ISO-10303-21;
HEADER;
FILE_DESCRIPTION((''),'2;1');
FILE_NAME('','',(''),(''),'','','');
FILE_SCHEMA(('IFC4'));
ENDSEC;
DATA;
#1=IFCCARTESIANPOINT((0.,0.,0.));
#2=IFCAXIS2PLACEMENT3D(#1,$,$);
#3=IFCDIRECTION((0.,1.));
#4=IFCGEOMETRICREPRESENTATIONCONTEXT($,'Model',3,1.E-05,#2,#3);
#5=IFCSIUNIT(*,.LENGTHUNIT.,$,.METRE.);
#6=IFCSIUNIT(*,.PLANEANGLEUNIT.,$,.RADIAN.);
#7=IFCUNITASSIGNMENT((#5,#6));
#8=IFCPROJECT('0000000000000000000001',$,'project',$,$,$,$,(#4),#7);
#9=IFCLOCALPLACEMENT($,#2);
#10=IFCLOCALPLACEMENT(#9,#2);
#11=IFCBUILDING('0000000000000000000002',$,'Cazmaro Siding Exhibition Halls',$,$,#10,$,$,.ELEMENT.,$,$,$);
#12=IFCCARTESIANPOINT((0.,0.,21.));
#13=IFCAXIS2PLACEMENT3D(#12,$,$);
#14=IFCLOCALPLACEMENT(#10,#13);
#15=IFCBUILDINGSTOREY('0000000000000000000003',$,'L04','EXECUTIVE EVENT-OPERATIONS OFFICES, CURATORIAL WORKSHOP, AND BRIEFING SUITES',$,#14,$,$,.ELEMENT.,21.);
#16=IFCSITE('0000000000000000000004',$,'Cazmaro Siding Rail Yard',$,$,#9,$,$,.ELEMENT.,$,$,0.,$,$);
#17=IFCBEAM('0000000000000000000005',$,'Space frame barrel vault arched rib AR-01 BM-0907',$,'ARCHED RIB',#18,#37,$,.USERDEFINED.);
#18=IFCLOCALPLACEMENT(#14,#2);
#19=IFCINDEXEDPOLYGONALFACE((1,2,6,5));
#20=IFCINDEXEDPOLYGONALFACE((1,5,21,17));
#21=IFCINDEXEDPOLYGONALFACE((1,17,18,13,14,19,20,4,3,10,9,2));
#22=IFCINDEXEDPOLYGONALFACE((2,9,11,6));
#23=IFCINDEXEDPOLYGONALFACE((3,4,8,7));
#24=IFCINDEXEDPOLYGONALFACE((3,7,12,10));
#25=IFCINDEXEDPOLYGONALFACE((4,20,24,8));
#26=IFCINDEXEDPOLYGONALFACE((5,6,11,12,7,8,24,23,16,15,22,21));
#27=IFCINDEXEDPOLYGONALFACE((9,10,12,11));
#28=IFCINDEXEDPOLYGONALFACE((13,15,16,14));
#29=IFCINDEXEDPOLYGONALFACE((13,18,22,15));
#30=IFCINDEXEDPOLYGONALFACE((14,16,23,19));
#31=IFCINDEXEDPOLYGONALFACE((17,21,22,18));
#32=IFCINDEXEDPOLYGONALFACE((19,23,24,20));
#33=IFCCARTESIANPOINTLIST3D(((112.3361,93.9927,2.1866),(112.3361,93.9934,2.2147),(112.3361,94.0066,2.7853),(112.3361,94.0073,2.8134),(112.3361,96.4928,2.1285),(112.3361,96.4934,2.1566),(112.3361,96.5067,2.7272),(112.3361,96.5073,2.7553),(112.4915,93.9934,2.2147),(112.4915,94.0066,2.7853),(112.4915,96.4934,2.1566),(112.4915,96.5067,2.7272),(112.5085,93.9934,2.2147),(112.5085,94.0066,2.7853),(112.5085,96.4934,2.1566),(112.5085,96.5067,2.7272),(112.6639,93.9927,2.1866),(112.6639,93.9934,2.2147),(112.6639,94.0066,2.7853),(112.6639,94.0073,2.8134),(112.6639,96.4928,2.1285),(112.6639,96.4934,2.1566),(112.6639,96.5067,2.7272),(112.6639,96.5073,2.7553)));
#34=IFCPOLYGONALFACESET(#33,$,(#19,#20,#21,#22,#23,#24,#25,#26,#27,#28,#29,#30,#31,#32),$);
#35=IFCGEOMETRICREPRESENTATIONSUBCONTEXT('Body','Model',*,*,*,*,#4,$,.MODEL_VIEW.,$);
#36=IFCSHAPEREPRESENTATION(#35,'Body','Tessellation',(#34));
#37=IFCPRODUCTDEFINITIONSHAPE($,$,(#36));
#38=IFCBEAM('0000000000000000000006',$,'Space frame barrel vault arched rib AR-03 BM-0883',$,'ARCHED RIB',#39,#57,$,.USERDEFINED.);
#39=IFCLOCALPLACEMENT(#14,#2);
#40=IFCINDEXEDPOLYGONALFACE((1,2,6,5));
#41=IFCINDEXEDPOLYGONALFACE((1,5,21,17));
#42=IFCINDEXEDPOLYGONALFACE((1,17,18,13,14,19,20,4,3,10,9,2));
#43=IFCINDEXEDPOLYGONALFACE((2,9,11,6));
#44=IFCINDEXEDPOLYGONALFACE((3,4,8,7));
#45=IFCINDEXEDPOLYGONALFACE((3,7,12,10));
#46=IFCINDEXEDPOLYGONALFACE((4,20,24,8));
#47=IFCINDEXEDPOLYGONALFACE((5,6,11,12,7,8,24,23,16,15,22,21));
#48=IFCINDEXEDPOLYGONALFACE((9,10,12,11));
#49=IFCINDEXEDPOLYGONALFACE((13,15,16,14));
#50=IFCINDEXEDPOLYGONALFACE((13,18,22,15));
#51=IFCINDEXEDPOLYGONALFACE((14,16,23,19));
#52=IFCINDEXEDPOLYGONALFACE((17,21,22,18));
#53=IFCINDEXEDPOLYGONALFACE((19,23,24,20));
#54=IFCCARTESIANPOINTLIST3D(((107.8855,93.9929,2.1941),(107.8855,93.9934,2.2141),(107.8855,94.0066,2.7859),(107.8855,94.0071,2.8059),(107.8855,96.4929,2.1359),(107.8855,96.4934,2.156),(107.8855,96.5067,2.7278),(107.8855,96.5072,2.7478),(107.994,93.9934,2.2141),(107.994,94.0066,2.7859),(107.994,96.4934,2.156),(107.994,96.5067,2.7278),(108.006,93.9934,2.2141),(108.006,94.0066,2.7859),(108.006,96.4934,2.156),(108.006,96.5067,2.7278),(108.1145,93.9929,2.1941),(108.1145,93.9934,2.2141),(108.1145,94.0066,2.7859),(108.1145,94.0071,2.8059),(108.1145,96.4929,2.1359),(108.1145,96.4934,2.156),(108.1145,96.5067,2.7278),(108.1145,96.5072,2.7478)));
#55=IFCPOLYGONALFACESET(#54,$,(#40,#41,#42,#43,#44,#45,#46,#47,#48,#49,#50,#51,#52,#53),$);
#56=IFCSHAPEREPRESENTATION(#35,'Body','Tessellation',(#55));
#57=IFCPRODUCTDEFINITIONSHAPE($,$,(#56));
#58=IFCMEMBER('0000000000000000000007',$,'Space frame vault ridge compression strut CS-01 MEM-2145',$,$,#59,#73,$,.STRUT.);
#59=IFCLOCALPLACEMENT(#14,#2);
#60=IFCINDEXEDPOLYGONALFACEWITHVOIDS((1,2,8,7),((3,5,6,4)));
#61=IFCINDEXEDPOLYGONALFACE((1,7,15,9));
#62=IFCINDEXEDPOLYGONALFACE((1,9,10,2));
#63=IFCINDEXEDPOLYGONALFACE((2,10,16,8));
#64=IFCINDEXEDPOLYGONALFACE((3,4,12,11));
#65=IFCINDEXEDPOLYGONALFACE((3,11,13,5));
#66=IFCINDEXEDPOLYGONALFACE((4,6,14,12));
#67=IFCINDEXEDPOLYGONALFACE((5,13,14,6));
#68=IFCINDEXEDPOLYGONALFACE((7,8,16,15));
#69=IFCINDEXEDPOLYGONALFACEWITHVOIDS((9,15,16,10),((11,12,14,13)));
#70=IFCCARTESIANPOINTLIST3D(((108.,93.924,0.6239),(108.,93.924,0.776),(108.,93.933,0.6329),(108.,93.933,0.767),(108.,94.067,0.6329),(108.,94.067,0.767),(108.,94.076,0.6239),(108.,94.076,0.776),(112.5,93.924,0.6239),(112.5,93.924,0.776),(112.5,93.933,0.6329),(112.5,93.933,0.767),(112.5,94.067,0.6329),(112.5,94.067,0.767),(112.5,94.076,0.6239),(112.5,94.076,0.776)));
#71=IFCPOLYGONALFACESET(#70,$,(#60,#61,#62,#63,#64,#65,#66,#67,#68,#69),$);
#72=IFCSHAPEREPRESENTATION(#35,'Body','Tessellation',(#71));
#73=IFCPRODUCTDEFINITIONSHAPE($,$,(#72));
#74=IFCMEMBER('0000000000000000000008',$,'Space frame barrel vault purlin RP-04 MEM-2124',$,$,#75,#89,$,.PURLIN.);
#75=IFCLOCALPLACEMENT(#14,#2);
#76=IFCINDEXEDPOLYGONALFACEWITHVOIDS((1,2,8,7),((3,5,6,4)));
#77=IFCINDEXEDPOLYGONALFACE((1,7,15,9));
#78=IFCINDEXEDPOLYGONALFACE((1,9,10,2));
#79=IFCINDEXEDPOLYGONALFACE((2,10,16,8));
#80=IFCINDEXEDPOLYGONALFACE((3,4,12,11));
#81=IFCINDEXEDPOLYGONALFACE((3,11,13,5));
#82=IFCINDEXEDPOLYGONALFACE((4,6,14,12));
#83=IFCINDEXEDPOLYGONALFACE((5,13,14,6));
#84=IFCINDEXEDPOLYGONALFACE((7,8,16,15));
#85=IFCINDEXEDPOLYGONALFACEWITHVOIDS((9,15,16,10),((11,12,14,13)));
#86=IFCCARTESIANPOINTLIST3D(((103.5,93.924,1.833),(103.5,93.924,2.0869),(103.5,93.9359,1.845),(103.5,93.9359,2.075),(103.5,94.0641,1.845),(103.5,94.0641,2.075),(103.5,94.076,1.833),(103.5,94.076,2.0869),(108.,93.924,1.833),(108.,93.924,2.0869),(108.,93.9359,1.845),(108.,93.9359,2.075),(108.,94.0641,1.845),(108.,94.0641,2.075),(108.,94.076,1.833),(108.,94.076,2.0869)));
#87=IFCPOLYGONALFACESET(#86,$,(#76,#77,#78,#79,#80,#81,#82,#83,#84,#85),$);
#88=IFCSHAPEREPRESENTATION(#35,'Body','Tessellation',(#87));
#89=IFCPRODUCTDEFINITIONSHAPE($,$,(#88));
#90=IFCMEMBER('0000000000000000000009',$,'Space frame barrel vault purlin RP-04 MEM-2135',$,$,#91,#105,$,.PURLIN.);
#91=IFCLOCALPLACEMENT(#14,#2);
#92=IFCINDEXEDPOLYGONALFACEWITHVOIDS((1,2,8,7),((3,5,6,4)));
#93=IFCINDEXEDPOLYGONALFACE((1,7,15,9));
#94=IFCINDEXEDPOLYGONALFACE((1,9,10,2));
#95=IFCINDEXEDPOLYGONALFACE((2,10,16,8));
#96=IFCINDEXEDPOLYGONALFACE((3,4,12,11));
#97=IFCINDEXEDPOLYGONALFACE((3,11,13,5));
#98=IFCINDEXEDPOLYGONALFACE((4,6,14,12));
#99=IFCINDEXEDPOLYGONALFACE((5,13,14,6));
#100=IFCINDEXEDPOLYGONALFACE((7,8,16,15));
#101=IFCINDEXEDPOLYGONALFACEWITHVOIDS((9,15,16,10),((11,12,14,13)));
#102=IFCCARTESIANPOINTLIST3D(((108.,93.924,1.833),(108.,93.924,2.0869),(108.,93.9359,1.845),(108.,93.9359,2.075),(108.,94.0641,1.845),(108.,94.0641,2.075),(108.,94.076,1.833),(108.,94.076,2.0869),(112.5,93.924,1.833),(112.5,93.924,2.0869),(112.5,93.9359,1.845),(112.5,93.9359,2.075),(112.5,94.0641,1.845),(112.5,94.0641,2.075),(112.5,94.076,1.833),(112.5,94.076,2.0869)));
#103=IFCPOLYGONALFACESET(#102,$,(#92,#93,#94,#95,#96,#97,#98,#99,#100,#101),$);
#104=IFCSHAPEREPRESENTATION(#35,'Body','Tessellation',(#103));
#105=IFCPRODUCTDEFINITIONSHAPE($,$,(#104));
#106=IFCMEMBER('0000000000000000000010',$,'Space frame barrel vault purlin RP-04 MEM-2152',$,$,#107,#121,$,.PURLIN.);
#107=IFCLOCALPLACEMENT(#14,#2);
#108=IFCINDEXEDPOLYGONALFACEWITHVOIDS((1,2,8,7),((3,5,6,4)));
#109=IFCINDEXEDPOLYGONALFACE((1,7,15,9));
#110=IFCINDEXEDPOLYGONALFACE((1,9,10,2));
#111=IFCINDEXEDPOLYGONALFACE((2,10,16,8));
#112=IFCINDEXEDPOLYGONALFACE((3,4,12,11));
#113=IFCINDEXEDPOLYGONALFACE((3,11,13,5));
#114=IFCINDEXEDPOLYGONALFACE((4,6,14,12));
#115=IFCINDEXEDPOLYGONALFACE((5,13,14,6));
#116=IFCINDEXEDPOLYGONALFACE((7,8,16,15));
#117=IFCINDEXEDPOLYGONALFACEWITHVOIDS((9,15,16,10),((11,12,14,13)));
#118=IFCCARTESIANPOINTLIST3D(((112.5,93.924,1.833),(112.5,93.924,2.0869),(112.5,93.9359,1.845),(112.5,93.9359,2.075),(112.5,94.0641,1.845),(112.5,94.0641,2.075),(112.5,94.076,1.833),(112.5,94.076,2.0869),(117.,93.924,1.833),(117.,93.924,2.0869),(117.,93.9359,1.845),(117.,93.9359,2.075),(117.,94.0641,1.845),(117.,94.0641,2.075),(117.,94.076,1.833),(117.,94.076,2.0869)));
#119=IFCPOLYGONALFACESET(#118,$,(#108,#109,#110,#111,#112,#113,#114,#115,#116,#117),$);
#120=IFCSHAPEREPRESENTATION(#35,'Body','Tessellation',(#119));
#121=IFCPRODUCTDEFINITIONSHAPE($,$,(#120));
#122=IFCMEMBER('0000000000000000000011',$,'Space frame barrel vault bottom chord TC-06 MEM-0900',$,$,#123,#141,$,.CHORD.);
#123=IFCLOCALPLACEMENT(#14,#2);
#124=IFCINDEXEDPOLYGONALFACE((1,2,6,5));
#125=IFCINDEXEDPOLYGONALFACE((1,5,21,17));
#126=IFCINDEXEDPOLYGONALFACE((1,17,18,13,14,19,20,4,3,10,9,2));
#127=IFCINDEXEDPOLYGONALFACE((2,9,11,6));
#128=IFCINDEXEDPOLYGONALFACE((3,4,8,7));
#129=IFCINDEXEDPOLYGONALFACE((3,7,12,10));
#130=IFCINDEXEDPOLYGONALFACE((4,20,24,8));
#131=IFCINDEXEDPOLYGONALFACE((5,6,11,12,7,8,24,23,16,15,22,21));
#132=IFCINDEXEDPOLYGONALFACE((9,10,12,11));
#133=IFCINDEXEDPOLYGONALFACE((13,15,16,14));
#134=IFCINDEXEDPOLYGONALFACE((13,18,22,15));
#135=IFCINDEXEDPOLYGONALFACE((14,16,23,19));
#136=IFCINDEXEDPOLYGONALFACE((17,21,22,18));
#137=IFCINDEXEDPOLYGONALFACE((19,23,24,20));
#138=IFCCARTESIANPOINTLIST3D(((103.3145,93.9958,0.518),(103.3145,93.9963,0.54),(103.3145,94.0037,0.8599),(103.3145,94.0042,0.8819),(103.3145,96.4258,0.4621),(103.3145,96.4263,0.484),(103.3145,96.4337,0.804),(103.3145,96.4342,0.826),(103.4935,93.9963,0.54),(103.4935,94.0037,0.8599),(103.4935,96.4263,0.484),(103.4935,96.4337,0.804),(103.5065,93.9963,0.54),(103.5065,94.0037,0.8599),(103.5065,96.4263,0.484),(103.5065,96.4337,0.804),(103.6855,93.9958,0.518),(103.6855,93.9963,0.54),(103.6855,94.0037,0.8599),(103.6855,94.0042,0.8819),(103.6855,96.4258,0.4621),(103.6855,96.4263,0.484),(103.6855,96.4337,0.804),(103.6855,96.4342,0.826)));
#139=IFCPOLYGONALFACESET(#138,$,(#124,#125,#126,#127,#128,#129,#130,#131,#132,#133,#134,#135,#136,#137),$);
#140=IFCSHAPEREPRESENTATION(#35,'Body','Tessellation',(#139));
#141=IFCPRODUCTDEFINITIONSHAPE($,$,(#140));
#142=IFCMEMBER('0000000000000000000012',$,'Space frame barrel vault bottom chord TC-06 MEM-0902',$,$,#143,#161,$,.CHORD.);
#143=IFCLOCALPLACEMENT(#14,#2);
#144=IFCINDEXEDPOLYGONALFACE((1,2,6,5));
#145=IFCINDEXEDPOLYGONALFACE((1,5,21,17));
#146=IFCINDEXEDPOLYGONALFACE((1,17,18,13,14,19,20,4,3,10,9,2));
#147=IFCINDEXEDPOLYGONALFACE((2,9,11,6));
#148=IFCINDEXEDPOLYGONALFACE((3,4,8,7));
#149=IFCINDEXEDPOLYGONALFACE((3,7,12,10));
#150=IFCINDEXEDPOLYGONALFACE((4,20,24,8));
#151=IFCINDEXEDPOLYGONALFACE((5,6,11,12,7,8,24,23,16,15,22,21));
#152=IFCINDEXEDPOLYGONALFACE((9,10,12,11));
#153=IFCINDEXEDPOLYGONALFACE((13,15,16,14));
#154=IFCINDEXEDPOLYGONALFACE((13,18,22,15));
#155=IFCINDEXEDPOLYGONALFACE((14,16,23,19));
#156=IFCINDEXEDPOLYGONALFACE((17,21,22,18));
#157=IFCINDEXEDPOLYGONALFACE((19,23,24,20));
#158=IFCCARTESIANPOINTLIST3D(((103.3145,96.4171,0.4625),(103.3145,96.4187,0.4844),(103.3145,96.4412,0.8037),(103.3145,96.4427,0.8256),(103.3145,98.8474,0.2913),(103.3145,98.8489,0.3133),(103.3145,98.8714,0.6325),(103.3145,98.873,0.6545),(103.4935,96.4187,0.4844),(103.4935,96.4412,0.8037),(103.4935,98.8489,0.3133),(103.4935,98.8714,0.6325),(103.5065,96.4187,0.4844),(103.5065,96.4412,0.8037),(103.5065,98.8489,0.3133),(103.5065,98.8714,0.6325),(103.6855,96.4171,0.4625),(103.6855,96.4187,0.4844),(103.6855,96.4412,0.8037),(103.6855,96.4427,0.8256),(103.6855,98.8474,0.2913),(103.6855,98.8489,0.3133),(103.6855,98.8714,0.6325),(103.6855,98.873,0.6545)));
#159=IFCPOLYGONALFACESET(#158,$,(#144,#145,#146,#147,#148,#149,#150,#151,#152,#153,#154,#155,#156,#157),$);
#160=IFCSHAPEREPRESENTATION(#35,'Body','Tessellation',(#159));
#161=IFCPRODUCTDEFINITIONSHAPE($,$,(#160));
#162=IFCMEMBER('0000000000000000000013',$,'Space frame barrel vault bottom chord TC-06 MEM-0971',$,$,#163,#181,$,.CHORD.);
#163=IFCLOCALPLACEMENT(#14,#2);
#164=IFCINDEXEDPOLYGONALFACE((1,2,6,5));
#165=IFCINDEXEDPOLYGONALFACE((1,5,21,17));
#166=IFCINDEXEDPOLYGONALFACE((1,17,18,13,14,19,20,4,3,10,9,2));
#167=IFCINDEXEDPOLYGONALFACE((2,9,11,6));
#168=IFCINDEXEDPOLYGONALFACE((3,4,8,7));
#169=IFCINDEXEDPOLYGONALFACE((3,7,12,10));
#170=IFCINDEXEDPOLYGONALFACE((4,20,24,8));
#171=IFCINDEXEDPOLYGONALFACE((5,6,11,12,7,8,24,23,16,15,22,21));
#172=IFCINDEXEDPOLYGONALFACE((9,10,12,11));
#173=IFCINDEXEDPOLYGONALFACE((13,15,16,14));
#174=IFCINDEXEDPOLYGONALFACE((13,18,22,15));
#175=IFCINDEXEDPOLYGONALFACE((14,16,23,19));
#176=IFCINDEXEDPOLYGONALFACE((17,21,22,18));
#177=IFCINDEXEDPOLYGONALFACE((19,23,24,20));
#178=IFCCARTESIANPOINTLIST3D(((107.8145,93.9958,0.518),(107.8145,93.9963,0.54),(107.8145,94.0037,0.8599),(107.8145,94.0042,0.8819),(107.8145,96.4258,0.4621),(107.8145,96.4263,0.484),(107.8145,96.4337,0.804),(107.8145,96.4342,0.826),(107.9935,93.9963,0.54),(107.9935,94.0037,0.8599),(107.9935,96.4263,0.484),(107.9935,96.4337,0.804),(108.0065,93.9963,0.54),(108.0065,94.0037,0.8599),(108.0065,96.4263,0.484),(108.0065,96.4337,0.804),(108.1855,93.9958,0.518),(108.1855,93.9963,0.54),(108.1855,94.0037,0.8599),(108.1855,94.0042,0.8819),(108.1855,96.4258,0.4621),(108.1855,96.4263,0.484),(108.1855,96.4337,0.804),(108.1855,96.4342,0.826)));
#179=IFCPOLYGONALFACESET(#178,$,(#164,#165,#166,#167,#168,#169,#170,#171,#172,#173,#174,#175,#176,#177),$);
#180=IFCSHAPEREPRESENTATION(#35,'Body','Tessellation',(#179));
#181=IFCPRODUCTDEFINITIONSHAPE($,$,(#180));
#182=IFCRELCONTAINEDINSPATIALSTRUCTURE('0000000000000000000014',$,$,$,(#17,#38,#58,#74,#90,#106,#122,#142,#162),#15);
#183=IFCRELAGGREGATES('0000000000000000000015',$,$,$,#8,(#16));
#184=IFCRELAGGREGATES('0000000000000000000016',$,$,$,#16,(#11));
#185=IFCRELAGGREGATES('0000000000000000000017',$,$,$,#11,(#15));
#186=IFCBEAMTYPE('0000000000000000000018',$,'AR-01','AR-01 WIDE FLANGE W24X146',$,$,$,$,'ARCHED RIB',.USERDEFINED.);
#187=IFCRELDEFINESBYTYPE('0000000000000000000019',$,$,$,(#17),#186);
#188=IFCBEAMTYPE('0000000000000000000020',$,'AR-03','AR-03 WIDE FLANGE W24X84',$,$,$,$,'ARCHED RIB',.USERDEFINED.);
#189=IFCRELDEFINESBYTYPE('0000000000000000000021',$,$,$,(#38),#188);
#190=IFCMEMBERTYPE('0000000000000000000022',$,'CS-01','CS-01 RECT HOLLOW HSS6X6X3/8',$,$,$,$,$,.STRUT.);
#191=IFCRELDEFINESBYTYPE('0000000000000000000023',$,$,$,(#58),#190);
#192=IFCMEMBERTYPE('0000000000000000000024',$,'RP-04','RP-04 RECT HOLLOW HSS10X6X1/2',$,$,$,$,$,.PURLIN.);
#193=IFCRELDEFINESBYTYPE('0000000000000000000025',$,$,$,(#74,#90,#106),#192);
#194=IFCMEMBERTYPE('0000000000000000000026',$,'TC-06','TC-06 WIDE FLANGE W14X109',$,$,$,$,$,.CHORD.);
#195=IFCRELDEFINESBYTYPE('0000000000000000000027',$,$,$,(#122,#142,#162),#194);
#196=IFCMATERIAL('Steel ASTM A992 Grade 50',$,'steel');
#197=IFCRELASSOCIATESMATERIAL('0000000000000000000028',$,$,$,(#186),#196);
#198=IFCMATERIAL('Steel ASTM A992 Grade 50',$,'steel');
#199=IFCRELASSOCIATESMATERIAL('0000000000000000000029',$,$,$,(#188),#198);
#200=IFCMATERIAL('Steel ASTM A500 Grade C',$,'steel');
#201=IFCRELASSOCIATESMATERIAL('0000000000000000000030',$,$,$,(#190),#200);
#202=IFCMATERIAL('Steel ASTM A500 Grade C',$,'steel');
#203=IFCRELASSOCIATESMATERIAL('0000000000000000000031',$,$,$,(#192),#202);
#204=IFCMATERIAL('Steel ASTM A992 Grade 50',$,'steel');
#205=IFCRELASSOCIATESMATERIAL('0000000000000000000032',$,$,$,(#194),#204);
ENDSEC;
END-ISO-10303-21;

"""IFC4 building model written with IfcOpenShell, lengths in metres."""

from ifc_helpers import new_model, si_unit, direction, frame, origin, origin_2d, place, context, subcontext, project, spatial, hollow_rectangle, i_section, extrude, material, material_profile, profile_set, type_object, element, save


model = new_model("IFC4")

# Units and contexts
model_context = context("Model", 3, precision=1e-05, world=origin(), true_north=direction((0.0, 1.0)))
body_context = subcontext(model_context, "Body", "Model", "MODEL_VIEW")
ifc_project = project(units=[si_unit("LENGTHUNIT", "METRE"), si_unit("PLANEANGLEUNIT", "RADIAN")], contexts=[model_context])

# Site, building, storey
site_placement = place(None, origin())
site = spatial("IfcSite", under=ifc_project, at=site_placement, Name="Cazmaro Siding Rail Yard", CompositionType="ELEMENT", RefElevation=0.0)
building_placement = place(site_placement, origin())
building = spatial("IfcBuilding", under=site, at=building_placement, Name="Cazmaro Siding Exhibition Halls", CompositionType="ELEMENT")
storey_placement = place(building_placement, frame((0.0, 0.0, 21.0)))
storey = spatial("IfcBuildingStorey", under=building, at=storey_placement, Name="L04", Description="EXECUTIVE EVENT-OPERATIONS OFFICES, CURATORIAL WORKSHOP, AND BRIEFING SUITES", CompositionType="ELEMENT", Elevation=21.0)

# Beams
ifc_material_1 = material(Name="Steel ASTM A992 Grade 50", Category="steel")
ifc_material_profile_1 = material_profile(ifc_material_1, i_section(OverallWidth=0.3279, OverallDepth=0.627, WebThickness=0.0171, FlangeThickness=0.0281, at=origin_2d()), Name="W24X146")
ifc_profile_set_1 = profile_set([ifc_material_profile_1], Name="Steel ASTM A992 Grade 50")
beam_type_1 = type_object("IfcBeamType", Name="AR-01", Description="AR-01 WIDE FLANGE W24X146", ElementType="ARCHED RIB", PredefinedType="USERDEFINED", material=ifc_profile_set_1)
beam_1_placement = place(storey_placement, frame((112.5, 94.0, 2.5), z_axis=(0.0, 0.99973, -0.023236), x_axis=(-1.0, 0.0, 0.0)))
element("IfcBeam", 1, at=beam_1_placement, inside=storey, type_object=beam_type_1, Name="Space frame barrel vault arched rib AR-01 BM-0907", ObjectType="ARCHED RIB", PredefinedType="USERDEFINED", context=body_context, shape_type="SweptSolid", body=[
    extrude(i_section(OverallWidth=0.3279, OverallDepth=0.627, WebThickness=0.0171, FlangeThickness=0.0281, at=origin_2d()), origin(), (0.0, 0.0, 1.0), 2.5007),
])
ifc_material_2 = material(Name="Steel ASTM A992 Grade 50", Category="steel")
ifc_material_profile_2 = material_profile(ifc_material_2, i_section(OverallWidth=0.229, OverallDepth=0.6121, WebThickness=0.012, FlangeThickness=0.02, at=origin_2d()), Name="W24X84")
ifc_profile_set_2 = profile_set([ifc_material_profile_2], Name="Steel ASTM A992 Grade 50")
beam_type_2 = type_object("IfcBeamType", Name="AR-03", Description="AR-03 WIDE FLANGE W24X84", ElementType="ARCHED RIB", PredefinedType="USERDEFINED", material=ifc_profile_set_2)
beam_2_placement = place(storey_placement, frame((108.0, 94.0, 2.5), z_axis=(0.0, 0.99973, -0.023236), x_axis=(-1.0, 0.0, 0.0)))
element("IfcBeam", 2, at=beam_2_placement, inside=storey, type_object=beam_type_2, Name="Space frame barrel vault arched rib AR-03 BM-0883", ObjectType="ARCHED RIB", PredefinedType="USERDEFINED", context=body_context, shape_type="SweptSolid", body=[
    extrude(i_section(OverallWidth=0.229, OverallDepth=0.6121, WebThickness=0.012, FlangeThickness=0.02, at=origin_2d()), origin(), (0.0, 0.0, 1.0), 2.5007),
])

# Members
ifc_material_3 = material(Name="Steel ASTM A500 Grade C", Category="steel")
ifc_material_profile_3 = material_profile(ifc_material_3, hollow_rectangle(XDim=0.1521, YDim=0.1521, WallThickness=0.009, at=origin_2d()), Name="HSS6X6X3/8")
ifc_profile_set_3 = profile_set([ifc_material_profile_3], Name="Steel ASTM A500 Grade C")
member_type_1 = type_object("IfcMemberType", Name="CS-01", Description="CS-01 RECT HOLLOW HSS6X6X3/8", PredefinedType="STRUT", material=ifc_profile_set_3)
member_1_placement = place(storey_placement, frame((108.0, 94.0, 0.7), z_axis=(1.0, 0.0, 0.0), x_axis=(0.0, 1.0, 0.0)))
element("IfcMember", 3, at=member_1_placement, inside=storey, type_object=member_type_1, Name="Space frame vault ridge compression strut CS-01 MEM-2145", PredefinedType="STRUT", context=body_context, shape_type="SweptSolid", body=[
    extrude(hollow_rectangle(XDim=0.1521, YDim=0.1521, WallThickness=0.009, at=origin_2d()), origin(), (0.0, 0.0, 1.0), 4.5),
])
ifc_material_4 = material(Name="Steel ASTM A500 Grade C", Category="steel")
ifc_material_profile_4 = material_profile(ifc_material_4, hollow_rectangle(XDim=0.1521, YDim=0.2539, WallThickness=0.012, at=origin_2d()), Name="HSS10X6X1/2")
ifc_profile_set_4 = profile_set([ifc_material_profile_4], Name="Steel ASTM A500 Grade C")
member_type_2 = type_object("IfcMemberType", Name="RP-04", Description="RP-04 RECT HOLLOW HSS10X6X1/2", PredefinedType="PURLIN", material=ifc_profile_set_4)
for number, where, z_axis, x_axis, name in (
    (4, (103.5, 94.0, 1.96), (1.0, 0.0, 0.0), (0.0, 1.0, 0.0), "Space frame barrel vault purlin RP-04 MEM-2124"),
    (5, (108.0, 94.0, 1.96), (1.0, 0.0, 0.0), (0.0, 1.0, 0.0), "Space frame barrel vault purlin RP-04 MEM-2135"),
    (6, (112.5, 94.0, 1.96), (1.0, 0.0, 0.0), (0.0, 1.0, 0.0), "Space frame barrel vault purlin RP-04 MEM-2152"),
):
    element("IfcMember", number, at=place(storey_placement, frame(where, z_axis=z_axis, x_axis=x_axis)), inside=storey, type_object=member_type_2, Name=name, PredefinedType="PURLIN", context=body_context, shape_type="SweptSolid", body=[
        extrude(hollow_rectangle(XDim=0.1521, YDim=0.2539, WallThickness=0.012, at=origin_2d()), origin(), (0.0, 0.0, 1.0), 4.5),
    ])
ifc_material_5 = material(Name="Steel ASTM A992 Grade 50", Category="steel")
ifc_material_profile_5 = material_profile(ifc_material_5, i_section(OverallWidth=0.3711, OverallDepth=0.364, WebThickness=0.0129, FlangeThickness=0.022, at=origin_2d()), Name="W14X109")
ifc_profile_set_5 = profile_set([ifc_material_profile_5], Name="Steel ASTM A992 Grade 50")
member_type_3 = type_object("IfcMemberType", Name="TC-06", Description="TC-06 WIDE FLANGE W14X109", PredefinedType="CHORD", material=ifc_profile_set_5)
member_2_placement = place(storey_placement, frame((103.5, 94.0, 0.7), z_axis=(0.0, 0.999735, -0.023002), x_axis=(-1.0, 0.0, 0.0)))
element("IfcMember", 7, at=member_2_placement, inside=storey, type_object=member_type_3, Name="Space frame barrel vault bottom chord TC-06 MEM-0900", PredefinedType="CHORD", context=body_context, shape_type="SweptSolid", body=[
    extrude(i_section(OverallWidth=0.3711, OverallDepth=0.364, WebThickness=0.0129, FlangeThickness=0.022, at=origin_2d()), origin(), (0.0, 0.0, 1.0), 2.4307),
])
member_3_placement = place(storey_placement, frame((103.5, 96.4299, 0.644), z_axis=(0.0, 0.997529, -0.07025), x_axis=(-1.0, 0.0, 0.0)))
element("IfcMember", 8, at=member_3_placement, inside=storey, type_object=member_type_3, Name="Space frame barrel vault bottom chord TC-06 MEM-0902", PredefinedType="CHORD", context=body_context, shape_type="SweptSolid", body=[
    extrude(i_section(OverallWidth=0.3711, OverallDepth=0.364, WebThickness=0.0129, FlangeThickness=0.022, at=origin_2d()), origin(), (0.0, 0.0, 1.0), 2.4363),
])
member_4_placement = place(storey_placement, frame((108.0, 94.0, 0.7), z_axis=(0.0, 0.999735, -0.023002), x_axis=(-1.0, 0.0, 0.0)))
element("IfcMember", 9, at=member_4_placement, inside=storey, type_object=member_type_3, Name="Space frame barrel vault bottom chord TC-06 MEM-0971", PredefinedType="CHORD", context=body_context, shape_type="SweptSolid", body=[
    extrude(i_section(OverallWidth=0.3711, OverallDepth=0.364, WebThickness=0.0129, FlangeThickness=0.022, at=origin_2d()), origin(), (0.0, 0.0, 1.0), 2.4307),
])

save(model, "model.ifc")
